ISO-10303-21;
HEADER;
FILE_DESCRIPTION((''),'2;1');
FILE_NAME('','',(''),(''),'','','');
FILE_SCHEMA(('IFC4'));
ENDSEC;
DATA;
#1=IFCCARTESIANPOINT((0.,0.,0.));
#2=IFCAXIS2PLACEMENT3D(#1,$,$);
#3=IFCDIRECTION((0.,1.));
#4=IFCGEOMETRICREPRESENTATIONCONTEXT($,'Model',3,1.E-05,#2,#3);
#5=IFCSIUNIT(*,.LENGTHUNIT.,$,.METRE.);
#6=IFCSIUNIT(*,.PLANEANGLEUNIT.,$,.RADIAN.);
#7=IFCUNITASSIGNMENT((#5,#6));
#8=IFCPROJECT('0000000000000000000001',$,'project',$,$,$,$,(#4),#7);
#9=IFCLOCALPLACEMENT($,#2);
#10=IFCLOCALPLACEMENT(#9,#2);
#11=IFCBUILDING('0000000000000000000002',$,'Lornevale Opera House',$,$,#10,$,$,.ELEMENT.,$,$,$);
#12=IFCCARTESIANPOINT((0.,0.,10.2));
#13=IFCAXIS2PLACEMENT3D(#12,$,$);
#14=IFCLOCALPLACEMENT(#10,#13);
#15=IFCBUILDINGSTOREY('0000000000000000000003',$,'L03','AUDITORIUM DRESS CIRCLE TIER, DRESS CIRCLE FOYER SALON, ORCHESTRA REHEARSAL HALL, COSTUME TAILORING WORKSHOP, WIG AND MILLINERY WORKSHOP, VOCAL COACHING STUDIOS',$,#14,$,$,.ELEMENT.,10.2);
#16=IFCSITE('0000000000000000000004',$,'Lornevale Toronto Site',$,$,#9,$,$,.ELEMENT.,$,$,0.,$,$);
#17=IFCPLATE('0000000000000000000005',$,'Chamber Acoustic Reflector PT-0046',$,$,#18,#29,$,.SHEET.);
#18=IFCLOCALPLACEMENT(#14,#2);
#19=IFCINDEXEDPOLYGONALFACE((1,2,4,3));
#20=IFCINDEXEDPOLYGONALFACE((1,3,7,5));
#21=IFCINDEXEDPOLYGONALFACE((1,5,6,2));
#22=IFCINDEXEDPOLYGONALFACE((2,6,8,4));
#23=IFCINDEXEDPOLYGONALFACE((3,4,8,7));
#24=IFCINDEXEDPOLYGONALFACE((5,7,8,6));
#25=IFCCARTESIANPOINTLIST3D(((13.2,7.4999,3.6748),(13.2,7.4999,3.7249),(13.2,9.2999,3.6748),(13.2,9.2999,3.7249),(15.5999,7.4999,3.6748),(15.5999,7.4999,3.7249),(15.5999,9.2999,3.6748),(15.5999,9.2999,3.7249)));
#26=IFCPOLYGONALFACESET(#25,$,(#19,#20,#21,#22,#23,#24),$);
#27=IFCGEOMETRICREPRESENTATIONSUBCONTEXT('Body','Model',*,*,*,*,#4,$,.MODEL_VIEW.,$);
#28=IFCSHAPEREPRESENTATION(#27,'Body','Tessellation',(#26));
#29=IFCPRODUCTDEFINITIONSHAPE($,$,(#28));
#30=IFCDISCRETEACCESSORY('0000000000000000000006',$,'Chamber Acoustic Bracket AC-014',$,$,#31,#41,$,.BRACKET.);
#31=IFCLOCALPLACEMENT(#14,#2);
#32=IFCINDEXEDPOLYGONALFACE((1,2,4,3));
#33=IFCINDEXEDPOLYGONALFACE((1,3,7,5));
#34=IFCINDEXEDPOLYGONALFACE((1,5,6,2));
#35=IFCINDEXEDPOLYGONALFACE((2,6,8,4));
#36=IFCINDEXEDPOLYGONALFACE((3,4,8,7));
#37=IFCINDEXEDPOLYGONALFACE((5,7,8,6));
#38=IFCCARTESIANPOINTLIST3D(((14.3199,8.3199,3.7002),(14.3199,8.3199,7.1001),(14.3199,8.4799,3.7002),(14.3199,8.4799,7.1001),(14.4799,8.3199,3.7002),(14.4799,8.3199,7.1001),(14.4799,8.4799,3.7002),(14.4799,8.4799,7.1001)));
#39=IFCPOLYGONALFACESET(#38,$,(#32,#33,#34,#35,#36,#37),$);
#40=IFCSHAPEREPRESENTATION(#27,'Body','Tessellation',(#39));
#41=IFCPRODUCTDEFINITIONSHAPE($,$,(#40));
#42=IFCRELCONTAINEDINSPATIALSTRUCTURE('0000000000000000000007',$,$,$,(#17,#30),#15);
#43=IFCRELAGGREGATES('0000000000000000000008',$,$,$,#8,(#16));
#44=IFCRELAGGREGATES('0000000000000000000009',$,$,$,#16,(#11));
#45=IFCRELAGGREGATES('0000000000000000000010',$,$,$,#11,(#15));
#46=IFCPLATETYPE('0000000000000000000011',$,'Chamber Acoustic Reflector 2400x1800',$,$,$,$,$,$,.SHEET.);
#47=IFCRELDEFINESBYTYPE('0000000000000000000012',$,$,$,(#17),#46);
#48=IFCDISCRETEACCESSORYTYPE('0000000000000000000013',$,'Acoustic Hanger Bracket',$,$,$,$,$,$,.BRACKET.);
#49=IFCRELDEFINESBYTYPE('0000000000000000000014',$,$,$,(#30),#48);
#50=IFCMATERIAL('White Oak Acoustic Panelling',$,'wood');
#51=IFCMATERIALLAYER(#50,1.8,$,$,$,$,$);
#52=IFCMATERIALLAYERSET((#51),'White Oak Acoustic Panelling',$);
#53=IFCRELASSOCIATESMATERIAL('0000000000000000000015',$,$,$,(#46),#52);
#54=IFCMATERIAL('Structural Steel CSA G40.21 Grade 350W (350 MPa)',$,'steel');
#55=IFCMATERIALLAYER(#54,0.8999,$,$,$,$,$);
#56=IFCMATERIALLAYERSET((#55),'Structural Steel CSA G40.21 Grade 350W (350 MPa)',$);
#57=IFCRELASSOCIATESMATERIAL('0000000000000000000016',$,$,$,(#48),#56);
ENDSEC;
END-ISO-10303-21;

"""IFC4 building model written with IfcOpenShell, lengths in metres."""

from ifc_helpers import new_model, si_unit, direction, frame, origin, origin_2d, place, context, subcontext, project, spatial, rectangle, extrude, material, layer, layer_set, type_object, element, save


model = new_model("IFC4")

# Units and contexts
model_context = context("Model", 3, precision=1e-05, world=origin(), true_north=direction((0.0, 1.0)))
body_context = subcontext(model_context, "Body", "Model", "MODEL_VIEW")
ifc_project = project(units=[si_unit("LENGTHUNIT", "METRE"), si_unit("PLANEANGLEUNIT", "RADIAN")], contexts=[model_context])

# Site, building, storey
site_placement = place(None, origin())
site = spatial("IfcSite", under=ifc_project, at=site_placement, Name="Lornevale Toronto Site", CompositionType="ELEMENT", RefElevation=0.0)
building_placement = place(site_placement, origin())
building = spatial("IfcBuilding", under=site, at=building_placement, Name="Lornevale Opera House", CompositionType="ELEMENT")
storey_placement = place(building_placement, frame((0.0, 0.0, 10.2)))
storey = spatial("IfcBuildingStorey", under=building, at=storey_placement, Name="L03", Description="AUDITORIUM DRESS CIRCLE TIER, DRESS CIRCLE FOYER SALON, ORCHESTRA REHEARSAL HALL, COSTUME TAILORING WORKSHOP, WIG AND MILLINERY WORKSHOP, VOCAL COACHING STUDIOS", CompositionType="ELEMENT", Elevation=10.2)

# Plate
ifc_material_1 = material(Name="White Oak Acoustic Panelling", Category="wood")
ifc_layer_1 = layer(ifc_material_1, 1.8)
ifc_layer_set_1 = layer_set([ifc_layer_1], Name="White Oak Acoustic Panelling")
plate_type_1 = type_object("IfcPlateType", Name="Chamber Acoustic Reflector 2400x1800", PredefinedType="SHEET", material=ifc_layer_set_1)
plate_1_placement = place(storey_placement, frame((14.3999, 8.3999, 3.6748), z_axis=(0.0, 0.0, 1.0), x_axis=(1.0, 0.0, 0.0)))
element("IfcPlate", 1, at=plate_1_placement, inside=storey, type_object=plate_type_1, Name="Chamber Acoustic Reflector PT-0046", PredefinedType="SHEET", context=body_context, shape_type="SweptSolid", body=[
    extrude(rectangle(XDim=2.3999, YDim=1.8, at=origin_2d()), origin(), (0.0, 0.0, 1.0), 0.05),
])

# Discrete accessory
ifc_material_2 = material(Name="Structural Steel CSA G40.21 Grade 350W (350 MPa)", Category="steel")
ifc_layer_2 = layer(ifc_material_2, 0.8999)
ifc_layer_set_2 = layer_set([ifc_layer_2], Name="Structural Steel CSA G40.21 Grade 350W (350 MPa)")
discrete_accessory_type = type_object("IfcDiscreteAccessoryType", Name="Acoustic Hanger Bracket", PredefinedType="BRACKET", material=ifc_layer_set_2)
discrete_accessory_placement = place(storey_placement, frame((14.3999, 8.3999, 3.7002), z_axis=(0.0, 0.0, 1.0), x_axis=(1.0, 0.0, 0.0)))
element("IfcDiscreteAccessory", 2, at=discrete_accessory_placement, inside=storey, type_object=discrete_accessory_type, Name="Chamber Acoustic Bracket AC-014", PredefinedType="BRACKET", context=body_context, shape_type="SweptSolid", body=[
    extrude(rectangle(XDim=0.1599, YDim=0.1599, at=origin_2d()), origin(), (0.0, 0.0, 1.0), 3.3999),
])

save(model, "model.ifc")
